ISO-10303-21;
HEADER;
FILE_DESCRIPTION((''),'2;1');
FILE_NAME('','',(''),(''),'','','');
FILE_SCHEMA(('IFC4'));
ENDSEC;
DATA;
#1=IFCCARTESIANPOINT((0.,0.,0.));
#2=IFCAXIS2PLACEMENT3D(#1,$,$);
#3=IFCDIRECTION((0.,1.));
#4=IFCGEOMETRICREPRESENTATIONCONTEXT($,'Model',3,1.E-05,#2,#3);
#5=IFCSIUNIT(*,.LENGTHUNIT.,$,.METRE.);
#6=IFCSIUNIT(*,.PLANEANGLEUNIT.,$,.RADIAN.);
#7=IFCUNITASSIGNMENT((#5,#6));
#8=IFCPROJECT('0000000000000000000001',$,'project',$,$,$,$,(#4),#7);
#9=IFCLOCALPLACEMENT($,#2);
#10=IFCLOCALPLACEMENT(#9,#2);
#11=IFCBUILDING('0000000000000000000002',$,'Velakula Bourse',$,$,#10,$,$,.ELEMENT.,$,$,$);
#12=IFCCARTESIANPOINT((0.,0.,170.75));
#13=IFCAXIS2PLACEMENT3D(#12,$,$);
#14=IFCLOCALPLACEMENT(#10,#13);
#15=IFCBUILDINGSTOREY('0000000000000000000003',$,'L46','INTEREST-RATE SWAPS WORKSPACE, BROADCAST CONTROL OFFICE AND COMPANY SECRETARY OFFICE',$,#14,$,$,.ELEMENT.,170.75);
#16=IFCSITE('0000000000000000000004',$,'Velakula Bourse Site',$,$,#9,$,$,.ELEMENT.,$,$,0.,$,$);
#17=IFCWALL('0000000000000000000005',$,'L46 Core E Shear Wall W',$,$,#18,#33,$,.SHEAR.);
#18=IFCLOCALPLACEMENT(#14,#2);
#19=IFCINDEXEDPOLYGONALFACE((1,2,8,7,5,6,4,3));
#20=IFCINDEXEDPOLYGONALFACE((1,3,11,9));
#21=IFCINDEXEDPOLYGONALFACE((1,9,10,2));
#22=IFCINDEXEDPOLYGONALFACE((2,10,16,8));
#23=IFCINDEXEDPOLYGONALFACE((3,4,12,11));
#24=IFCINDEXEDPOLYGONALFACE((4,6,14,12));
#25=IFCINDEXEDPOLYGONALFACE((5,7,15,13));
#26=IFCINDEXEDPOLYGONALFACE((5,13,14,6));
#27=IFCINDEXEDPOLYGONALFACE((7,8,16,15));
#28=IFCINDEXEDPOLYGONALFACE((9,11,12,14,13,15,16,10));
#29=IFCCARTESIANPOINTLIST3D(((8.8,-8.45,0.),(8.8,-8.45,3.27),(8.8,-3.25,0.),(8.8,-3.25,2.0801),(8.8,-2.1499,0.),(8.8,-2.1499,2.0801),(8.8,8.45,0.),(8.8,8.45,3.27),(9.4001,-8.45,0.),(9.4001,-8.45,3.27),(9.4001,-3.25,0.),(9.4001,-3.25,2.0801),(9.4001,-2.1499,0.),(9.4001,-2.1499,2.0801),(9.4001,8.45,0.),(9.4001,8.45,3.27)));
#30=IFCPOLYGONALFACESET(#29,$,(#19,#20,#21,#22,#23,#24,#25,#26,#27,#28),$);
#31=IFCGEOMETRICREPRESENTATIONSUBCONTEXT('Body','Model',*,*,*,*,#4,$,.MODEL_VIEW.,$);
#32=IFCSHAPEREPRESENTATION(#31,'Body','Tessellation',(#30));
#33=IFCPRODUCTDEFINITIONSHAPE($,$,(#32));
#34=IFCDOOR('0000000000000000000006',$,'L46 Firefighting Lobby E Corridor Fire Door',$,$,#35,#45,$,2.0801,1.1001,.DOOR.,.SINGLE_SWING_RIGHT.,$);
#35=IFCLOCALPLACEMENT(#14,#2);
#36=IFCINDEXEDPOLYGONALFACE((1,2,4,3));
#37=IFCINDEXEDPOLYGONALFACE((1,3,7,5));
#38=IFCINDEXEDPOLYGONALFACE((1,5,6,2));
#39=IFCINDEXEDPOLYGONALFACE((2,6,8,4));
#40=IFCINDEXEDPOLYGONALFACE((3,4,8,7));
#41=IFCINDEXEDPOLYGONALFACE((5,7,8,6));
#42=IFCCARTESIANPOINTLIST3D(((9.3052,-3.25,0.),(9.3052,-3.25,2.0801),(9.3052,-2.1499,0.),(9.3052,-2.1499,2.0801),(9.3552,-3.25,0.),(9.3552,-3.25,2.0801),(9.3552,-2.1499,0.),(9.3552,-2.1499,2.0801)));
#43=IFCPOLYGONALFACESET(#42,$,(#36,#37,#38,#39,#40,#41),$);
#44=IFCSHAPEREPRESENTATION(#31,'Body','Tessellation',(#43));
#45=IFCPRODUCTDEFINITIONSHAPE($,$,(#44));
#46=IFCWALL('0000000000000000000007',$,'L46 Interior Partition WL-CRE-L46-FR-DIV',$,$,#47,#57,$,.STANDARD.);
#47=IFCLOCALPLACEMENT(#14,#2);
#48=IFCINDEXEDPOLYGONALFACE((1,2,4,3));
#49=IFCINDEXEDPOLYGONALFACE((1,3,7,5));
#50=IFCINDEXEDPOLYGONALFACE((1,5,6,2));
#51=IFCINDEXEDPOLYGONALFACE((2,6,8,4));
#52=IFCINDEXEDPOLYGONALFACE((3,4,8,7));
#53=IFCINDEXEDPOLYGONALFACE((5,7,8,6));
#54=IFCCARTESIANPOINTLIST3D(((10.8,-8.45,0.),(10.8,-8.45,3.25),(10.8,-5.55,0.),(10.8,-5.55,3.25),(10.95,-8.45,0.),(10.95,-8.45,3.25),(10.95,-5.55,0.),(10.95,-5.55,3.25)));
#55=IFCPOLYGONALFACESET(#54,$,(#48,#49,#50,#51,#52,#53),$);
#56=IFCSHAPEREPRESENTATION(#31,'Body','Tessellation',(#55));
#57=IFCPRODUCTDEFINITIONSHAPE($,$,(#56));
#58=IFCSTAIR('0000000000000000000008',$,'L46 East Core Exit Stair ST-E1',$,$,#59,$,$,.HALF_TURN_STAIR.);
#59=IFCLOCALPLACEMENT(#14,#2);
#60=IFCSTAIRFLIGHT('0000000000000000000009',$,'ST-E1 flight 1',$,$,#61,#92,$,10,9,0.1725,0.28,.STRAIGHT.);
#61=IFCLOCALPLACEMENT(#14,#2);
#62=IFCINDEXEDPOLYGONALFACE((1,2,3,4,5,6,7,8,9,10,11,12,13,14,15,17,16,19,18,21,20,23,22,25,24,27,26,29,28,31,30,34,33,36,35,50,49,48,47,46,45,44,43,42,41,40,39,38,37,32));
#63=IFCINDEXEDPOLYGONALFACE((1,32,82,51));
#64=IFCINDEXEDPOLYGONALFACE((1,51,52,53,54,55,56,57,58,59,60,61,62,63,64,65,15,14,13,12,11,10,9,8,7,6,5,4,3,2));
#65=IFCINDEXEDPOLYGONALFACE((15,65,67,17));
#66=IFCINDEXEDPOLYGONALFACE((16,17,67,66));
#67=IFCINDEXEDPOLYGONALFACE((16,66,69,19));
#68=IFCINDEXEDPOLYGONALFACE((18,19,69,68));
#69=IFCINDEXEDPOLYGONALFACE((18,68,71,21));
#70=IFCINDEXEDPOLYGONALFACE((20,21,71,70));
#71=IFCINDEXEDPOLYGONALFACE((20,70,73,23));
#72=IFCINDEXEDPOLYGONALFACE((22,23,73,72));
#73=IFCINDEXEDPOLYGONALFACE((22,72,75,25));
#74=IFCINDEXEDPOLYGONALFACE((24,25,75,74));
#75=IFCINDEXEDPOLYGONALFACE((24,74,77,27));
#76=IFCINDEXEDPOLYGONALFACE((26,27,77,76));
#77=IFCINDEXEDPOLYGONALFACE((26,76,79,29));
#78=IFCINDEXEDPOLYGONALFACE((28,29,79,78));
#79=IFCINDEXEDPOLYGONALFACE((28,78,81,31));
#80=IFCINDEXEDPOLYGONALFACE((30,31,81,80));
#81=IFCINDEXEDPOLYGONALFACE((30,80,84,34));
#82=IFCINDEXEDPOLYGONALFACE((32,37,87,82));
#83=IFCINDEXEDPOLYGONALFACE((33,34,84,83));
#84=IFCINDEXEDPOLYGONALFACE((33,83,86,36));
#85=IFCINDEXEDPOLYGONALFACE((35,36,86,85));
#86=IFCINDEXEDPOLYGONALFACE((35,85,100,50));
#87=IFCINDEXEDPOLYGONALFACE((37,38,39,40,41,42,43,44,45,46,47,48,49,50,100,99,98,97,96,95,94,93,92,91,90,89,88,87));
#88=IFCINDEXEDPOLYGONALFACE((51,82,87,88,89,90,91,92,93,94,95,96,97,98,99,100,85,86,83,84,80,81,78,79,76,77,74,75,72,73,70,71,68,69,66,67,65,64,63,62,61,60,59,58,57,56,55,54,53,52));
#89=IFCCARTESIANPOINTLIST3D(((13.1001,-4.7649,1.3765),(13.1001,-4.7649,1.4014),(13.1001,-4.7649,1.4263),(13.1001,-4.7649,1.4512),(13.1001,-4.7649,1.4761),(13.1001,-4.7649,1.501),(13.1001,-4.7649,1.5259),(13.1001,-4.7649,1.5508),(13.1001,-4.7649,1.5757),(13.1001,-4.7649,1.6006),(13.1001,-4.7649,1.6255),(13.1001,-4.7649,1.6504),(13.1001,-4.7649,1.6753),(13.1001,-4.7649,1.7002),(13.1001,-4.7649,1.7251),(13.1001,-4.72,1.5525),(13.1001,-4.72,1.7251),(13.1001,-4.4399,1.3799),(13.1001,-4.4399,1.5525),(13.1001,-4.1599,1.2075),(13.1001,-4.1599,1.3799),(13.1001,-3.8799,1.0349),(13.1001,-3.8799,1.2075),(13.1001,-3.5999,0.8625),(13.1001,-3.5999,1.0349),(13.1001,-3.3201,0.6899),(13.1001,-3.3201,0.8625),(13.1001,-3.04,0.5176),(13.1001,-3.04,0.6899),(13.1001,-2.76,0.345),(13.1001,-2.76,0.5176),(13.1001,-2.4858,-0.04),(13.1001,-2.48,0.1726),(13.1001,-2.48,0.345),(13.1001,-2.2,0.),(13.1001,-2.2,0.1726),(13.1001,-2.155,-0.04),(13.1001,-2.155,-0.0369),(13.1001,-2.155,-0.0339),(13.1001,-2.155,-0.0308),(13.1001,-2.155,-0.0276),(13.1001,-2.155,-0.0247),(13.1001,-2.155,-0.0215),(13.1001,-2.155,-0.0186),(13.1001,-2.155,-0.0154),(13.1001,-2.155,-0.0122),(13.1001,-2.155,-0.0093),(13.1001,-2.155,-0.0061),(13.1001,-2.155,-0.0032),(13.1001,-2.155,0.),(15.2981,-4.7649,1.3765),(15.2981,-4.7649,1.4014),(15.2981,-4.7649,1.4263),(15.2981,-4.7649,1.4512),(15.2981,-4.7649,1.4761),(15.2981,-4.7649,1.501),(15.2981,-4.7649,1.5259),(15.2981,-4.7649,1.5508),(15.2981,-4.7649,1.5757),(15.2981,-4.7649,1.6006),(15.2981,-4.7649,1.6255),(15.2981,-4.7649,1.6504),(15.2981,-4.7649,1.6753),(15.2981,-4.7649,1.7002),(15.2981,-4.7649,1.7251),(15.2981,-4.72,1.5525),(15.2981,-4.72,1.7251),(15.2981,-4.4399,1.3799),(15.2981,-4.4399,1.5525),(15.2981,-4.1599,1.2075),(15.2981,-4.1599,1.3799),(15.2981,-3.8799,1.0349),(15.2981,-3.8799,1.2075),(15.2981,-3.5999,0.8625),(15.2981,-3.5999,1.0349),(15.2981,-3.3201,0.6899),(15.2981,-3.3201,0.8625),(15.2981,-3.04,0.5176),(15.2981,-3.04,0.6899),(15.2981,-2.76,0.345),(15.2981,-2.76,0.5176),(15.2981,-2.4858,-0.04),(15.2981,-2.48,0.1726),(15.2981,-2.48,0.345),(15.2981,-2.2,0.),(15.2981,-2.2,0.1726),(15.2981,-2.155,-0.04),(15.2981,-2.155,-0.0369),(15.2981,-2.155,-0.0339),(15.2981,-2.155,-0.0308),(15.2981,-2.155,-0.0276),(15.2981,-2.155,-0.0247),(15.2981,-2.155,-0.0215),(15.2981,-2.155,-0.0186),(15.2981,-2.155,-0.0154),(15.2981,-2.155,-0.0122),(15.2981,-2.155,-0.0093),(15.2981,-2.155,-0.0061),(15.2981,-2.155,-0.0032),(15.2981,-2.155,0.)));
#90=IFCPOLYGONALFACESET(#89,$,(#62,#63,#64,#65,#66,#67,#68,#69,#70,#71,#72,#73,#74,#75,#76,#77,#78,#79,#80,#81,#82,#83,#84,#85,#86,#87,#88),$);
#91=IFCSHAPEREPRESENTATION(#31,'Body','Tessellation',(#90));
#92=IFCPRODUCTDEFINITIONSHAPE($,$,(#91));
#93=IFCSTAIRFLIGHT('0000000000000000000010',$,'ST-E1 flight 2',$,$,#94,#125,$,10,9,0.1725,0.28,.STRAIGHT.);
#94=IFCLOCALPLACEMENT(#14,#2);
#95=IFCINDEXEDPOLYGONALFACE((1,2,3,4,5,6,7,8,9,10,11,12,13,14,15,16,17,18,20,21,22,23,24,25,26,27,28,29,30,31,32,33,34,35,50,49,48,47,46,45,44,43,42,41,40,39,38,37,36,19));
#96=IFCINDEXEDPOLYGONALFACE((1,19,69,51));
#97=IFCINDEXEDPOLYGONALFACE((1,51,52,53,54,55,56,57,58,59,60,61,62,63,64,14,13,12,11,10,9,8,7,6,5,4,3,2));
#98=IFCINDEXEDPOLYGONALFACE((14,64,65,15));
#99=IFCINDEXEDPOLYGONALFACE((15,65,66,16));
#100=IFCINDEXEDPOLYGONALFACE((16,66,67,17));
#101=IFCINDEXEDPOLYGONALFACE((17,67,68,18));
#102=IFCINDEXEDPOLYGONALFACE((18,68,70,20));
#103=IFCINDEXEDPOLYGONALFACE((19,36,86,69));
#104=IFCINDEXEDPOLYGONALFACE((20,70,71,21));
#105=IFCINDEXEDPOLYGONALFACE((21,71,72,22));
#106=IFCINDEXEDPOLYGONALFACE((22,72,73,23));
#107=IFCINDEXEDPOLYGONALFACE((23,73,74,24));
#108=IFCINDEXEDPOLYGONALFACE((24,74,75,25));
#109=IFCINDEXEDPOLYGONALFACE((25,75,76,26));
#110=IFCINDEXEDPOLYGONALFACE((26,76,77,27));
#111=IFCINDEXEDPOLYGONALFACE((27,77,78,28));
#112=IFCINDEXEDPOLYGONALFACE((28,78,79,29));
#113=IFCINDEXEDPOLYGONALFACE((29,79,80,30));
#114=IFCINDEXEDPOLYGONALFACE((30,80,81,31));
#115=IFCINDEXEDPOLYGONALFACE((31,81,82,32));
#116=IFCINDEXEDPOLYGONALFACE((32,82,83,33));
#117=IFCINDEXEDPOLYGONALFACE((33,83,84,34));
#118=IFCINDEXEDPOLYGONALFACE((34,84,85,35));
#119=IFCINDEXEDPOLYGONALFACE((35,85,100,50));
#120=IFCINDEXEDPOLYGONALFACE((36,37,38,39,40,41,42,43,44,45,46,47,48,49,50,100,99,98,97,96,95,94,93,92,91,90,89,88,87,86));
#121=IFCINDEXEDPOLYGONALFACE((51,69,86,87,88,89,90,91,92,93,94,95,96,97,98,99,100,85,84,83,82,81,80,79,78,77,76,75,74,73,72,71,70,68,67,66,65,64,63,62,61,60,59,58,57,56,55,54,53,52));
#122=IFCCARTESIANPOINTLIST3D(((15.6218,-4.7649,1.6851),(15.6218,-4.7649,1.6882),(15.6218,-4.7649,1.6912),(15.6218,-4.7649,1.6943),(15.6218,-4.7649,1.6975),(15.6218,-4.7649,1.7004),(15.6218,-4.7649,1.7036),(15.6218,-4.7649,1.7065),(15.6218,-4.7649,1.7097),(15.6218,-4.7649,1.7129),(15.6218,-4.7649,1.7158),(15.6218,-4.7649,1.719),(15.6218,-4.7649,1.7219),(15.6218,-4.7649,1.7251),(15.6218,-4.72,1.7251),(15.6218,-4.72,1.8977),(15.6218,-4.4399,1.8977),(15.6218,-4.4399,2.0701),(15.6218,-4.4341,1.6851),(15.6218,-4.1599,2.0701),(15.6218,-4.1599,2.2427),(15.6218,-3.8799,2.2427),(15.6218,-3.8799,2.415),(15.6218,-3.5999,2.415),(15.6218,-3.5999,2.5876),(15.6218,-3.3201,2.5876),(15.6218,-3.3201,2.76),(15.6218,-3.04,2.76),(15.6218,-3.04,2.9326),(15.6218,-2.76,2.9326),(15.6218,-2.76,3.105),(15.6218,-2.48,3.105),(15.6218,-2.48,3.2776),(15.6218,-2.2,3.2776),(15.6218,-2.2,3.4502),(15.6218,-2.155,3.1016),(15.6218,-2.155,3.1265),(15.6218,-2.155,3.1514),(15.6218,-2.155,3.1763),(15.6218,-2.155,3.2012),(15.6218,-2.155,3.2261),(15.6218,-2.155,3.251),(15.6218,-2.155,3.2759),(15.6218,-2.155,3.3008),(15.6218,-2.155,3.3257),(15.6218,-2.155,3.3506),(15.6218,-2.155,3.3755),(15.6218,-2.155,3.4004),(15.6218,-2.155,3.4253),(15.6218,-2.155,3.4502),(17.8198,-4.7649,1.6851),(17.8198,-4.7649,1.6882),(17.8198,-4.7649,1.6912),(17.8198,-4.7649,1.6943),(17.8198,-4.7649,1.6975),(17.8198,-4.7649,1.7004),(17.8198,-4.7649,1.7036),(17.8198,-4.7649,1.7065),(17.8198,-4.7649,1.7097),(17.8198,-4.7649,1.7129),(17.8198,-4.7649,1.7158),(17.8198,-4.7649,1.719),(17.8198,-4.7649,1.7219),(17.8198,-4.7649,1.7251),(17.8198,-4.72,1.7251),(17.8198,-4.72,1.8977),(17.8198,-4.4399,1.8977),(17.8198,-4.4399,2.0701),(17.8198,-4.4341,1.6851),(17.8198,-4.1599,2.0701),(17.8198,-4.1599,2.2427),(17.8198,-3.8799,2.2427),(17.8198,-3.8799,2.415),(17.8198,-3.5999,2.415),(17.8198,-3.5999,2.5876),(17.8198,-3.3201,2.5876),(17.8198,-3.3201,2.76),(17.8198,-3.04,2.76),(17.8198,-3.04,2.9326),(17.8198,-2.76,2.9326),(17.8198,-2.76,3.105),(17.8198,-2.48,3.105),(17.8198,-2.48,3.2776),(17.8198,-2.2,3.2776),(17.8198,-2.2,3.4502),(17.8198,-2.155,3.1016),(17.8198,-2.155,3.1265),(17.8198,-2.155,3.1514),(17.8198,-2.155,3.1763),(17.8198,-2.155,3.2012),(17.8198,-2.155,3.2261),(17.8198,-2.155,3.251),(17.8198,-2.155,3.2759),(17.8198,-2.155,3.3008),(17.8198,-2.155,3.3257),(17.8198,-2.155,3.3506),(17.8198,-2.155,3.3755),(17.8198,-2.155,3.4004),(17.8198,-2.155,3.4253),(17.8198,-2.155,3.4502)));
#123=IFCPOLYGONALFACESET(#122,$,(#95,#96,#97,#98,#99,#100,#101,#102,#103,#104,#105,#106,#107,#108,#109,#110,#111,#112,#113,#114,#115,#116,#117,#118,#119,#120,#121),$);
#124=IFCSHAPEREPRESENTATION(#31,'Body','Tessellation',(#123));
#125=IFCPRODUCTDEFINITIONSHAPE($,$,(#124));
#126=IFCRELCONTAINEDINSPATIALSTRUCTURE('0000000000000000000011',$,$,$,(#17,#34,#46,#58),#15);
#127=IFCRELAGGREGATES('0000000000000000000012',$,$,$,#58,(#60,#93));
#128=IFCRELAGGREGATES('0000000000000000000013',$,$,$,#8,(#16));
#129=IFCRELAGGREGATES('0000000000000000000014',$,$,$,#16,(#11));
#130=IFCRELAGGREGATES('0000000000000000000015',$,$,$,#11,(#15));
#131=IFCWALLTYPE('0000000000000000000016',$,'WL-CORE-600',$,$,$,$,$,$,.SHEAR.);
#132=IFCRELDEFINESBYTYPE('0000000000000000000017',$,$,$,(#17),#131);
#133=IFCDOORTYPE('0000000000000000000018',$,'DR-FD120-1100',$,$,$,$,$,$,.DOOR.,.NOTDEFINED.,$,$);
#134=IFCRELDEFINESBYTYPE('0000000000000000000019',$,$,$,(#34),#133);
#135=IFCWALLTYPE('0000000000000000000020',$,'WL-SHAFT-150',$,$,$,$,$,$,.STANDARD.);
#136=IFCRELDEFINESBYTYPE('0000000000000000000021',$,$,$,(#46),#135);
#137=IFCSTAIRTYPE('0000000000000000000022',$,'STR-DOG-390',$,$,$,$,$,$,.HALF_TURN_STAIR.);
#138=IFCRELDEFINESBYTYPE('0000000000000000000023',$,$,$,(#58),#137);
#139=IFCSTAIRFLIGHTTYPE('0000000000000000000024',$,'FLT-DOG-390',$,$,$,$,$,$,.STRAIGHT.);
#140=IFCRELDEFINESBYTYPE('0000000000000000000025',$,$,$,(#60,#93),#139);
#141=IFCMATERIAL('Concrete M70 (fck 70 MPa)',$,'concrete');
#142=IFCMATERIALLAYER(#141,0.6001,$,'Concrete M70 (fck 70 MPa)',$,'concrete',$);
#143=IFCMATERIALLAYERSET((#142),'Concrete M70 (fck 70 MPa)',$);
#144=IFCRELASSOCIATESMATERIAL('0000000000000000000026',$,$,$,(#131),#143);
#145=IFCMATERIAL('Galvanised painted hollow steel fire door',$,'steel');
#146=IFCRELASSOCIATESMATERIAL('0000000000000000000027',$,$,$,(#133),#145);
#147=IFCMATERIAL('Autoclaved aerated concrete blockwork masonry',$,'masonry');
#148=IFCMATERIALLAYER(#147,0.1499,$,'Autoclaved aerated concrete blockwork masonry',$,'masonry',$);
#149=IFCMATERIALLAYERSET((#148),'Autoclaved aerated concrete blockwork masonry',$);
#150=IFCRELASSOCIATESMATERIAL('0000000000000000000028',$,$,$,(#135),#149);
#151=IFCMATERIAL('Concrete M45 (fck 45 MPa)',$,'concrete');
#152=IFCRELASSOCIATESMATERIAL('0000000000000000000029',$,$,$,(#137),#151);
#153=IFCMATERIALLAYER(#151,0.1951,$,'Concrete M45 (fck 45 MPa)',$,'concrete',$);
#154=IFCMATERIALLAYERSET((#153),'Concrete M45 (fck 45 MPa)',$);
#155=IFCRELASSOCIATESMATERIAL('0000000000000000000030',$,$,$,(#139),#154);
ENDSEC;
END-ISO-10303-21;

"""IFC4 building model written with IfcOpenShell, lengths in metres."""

from ifc_helpers import new_model, si_unit, direction, frame, frame_2d, origin, place, context, subcontext, project, spatial, polyline, rectangle, outline, extrude, material, layer, layer_set, type_object, element, fill, aggregate, save


model = new_model("IFC4")

# Units and contexts
model_context = context("Model", 3, precision=1e-05, world=origin(), true_north=direction((0.0, 1.0)))
body_context = subcontext(model_context, "Body", "Model", "MODEL_VIEW")
ifc_project = project(units=[si_unit("LENGTHUNIT", "METRE"), si_unit("PLANEANGLEUNIT", "RADIAN")], contexts=[model_context])

# Site, building, storey
site_placement = place(None, origin())
site = spatial("IfcSite", under=ifc_project, at=site_placement, Name="Velakula Bourse Site", CompositionType="ELEMENT", RefElevation=0.0)
building_placement = place(site_placement, origin())
building = spatial("IfcBuilding", under=site, at=building_placement, Name="Velakula Bourse", CompositionType="ELEMENT")
storey_placement = place(building_placement, frame((0.0, 0.0, 170.75)))
storey = spatial("IfcBuildingStorey", under=building, at=storey_placement, Name="L46", Description="INTEREST-RATE SWAPS WORKSPACE, BROADCAST CONTROL OFFICE AND COMPANY SECRETARY OFFICE", CompositionType="ELEMENT", Elevation=170.75)

# Shared definitions
ifc_material_1 = material(Name="Concrete M70 (fck 70 MPa)", Category="concrete")

# Shared definitions
ifc_material_2 = material(Name="Galvanised painted hollow steel fire door", Category="steel")

# Shared definitions
ifc_layer_1 = layer(ifc_material_1, 0.6001, Name="Concrete M70 (fck 70 MPa)", Category="concrete")
ifc_layer_set_1 = layer_set([ifc_layer_1], Name="Concrete M70 (fck 70 MPa)")
wall_type_1 = type_object("IfcWallType", Name="WL-CORE-600", PredefinedType="SHEAR", material=ifc_layer_set_1)

# Wall, opening, door
wall_1_placement = place(storey_placement, frame((9.1001, -8.45, 0.0), z_axis=(0.0, 0.0, 1.0), x_axis=(0.0, 1.0, 0.0)))
wall_1 = element("IfcWall", 1, at=wall_1_placement, inside=storey, type_object=wall_type_1, Name="L46 Core E Shear Wall W", PredefinedType="SHEAR", context=body_context, shape_type="SweptSolid", body=[
    extrude(rectangle(XDim=16.8999, YDim=0.6001, at=frame_2d((8.45, 0.0))), origin(), (0.0, 0.0, 1.0), 3.27),
])
opening_1_placement = place(wall_1_placement, frame((5.2, 0.0, 0.0)))
opening_1 = element("IfcOpeningElement", 2, at=opening_1_placement, cuts=wall_1, PredefinedType="OPENING", context=body_context, shape_type="SweptSolid", body=[
    extrude(rectangle(XDim=1.1001, YDim=2.0801, at=frame_2d((0.55, 1.04))), frame((0.0, 0.3101, 0.0), z_axis=(0.0, -1.0, 0.0), x_axis=(1.0, 0.0, 0.0)), (0.0, 0.0, 1.0), 0.6201),
])
door_type_1 = type_object("IfcDoorType", Name="DR-FD120-1100", OperationType="NOTDEFINED", PredefinedType="DOOR", material=ifc_material_2)
door_1_placement = place(opening_1_placement, origin())
door_1 = element("IfcDoor", 3, at=door_1_placement, inside=storey, type_object=door_type_1, Name="L46 Firefighting Lobby E Corridor Fire Door", OperationType="SINGLE_SWING_RIGHT", OverallHeight=2.0801, OverallWidth=1.1001, PredefinedType="DOOR", context=body_context, shape_type="SweptSolid", body=[
    extrude(rectangle(XDim=1.1001, YDim=2.0801, at=frame_2d((0.55, 1.04))), frame((0.0, -0.2051, 0.0), z_axis=(0.0, -1.0, 0.0), x_axis=(1.0, 0.0, 0.0)), (0.0, 0.0, 1.0), 0.05),
])
fill(opening_1, door_1)

# Shared definitions
ifc_material_3 = material(Name="Autoclaved aerated concrete blockwork masonry", Category="masonry")
ifc_layer_2 = layer(ifc_material_3, 0.1499, Name="Autoclaved aerated concrete blockwork masonry", Category="masonry")
ifc_layer_set_2 = layer_set([ifc_layer_2], Name="Autoclaved aerated concrete blockwork masonry")
wall_type_2 = type_object("IfcWallType", Name="WL-SHAFT-150", PredefinedType="STANDARD", material=ifc_layer_set_2)

# Wall
wall_2_placement = place(storey_placement, frame((10.875, -8.45, 0.0), z_axis=(0.0, 0.0, 1.0), x_axis=(0.0, 1.0, 0.0)))
element("IfcWall", 4, at=wall_2_placement, inside=storey, type_object=wall_type_2, Name="L46 Interior Partition WL-CRE-L46-FR-DIV", PredefinedType="STANDARD", context=body_context, shape_type="SweptSolid", body=[
    extrude(rectangle(XDim=2.8999, YDim=0.1499, at=frame_2d((1.45, 0.0))), origin(), (0.0, 0.0, 1.0), 3.25),
])

# Stair, stair flights
ifc_material_4 = material(Name="Concrete M45 (fck 45 MPa)", Category="concrete")
stair_type = type_object("IfcStairType", Name="STR-DOG-390", PredefinedType="HALF_TURN_STAIR", material=ifc_material_4)
stair_placement = place(storey_placement, origin())
stair = element("IfcStair", 5, at=stair_placement, inside=storey, type_object=stair_type, Name="L46 East Core Exit Stair ST-E1", PredefinedType="HALF_TURN_STAIR")
ifc_layer_3 = layer(ifc_material_4, 0.1951, Name="Concrete M45 (fck 45 MPa)", Category="concrete")
ifc_layer_set_3 = layer_set([ifc_layer_3], Name="Concrete M45 (fck 45 MPa)")
stair_flight_type = type_object("IfcStairFlightType", Name="FLT-DOG-390", PredefinedType="STRAIGHT", material=ifc_layer_set_3)
stair_flight_1_placement = place(storey_placement, frame((14.199, -2.2, 0.0), z_axis=(0.0, 0.0, 1.0), x_axis=(0.0, -1.0, 0.0)))
stair_flight_1 = element("IfcStairFlight", 6, at=stair_flight_1_placement, type_object=stair_flight_type, Name="ST-E1 flight 1", NumberOfRisers=10, NumberOfTreads=9, PredefinedType="STRAIGHT", RiserHeight=0.1725, TreadLength=0.28, context=body_context, shape_type="SweptSolid", body=[
    extrude(outline(polyline([(-0.0449, -0.04), (-0.0449, -0.0369), (-0.0449, -0.0339), (-0.0449, -0.0308), (-0.0449, -0.0276), (-0.0449, -0.0247), (-0.0449, -0.0215), (-0.0449, -0.0186), (-0.0449, -0.0154), (-0.0449, -0.0122), (-0.0449, -0.0093), (-0.0449, -0.0061), (-0.0449, -0.0032), (-0.0449, 0.0), (0.0, 0.0), (0.0, 0.1726), (0.28, 0.1726), (0.28, 0.345), (0.5601, 0.345), (0.5601, 0.5176), (0.8401, 0.5176), (0.8401, 0.6899), (1.1201, 0.6899), (1.1201, 0.8625), (1.3999, 0.8625), (1.3999, 1.0349), (1.6799, 1.0349), (1.6799, 1.2075), (1.96, 1.2075), (1.96, 1.3799), (2.24, 1.3799), (2.24, 1.5525), (2.52, 1.5525), (2.52, 1.7251), (2.5649, 1.7251), (2.5649, 1.7002), (2.5649, 1.6753), (2.5649, 1.6504), (2.5649, 1.6255), (2.5649, 1.6006), (2.5649, 1.5757), (2.5649, 1.5508), (2.5649, 1.5259), (2.5649, 1.501), (2.5649, 1.4761), (2.5649, 1.4512), (2.5649, 1.4263), (2.5649, 1.4014), (2.5649, 1.3765), (0.2859, -0.04), (-0.0449, -0.04)])), frame((0.0, 1.0991, 0.0), z_axis=(0.0, -1.0, 0.0), x_axis=(1.0, 0.0, 0.0)), (0.0, 0.0, 1.0), 2.198),
])
stair_flight_2_placement = place(storey_placement, frame((16.7209, -4.72, 1.7251), z_axis=(0.0, 0.0, 1.0), x_axis=(0.0, 1.0, 0.0)))
stair_flight_2 = element("IfcStairFlight", 7, at=stair_flight_2_placement, type_object=stair_flight_type, Name="ST-E1 flight 2", NumberOfRisers=10, NumberOfTreads=9, PredefinedType="STRAIGHT", RiserHeight=0.1725, TreadLength=0.28, context=body_context, shape_type="SweptSolid", body=[
    extrude(outline(polyline([(-0.0449, -0.04), (-0.0449, -0.0369), (-0.0449, -0.0339), (-0.0449, -0.0308), (-0.0449, -0.0276), (-0.0449, -0.0247), (-0.0449, -0.0215), (-0.0449, -0.0186), (-0.0449, -0.0154), (-0.0449, -0.0122), (-0.0449, -0.0093), (-0.0449, -0.0061), (-0.0449, -0.0032), (-0.0449, 0.0), (0.0, 0.0), (0.0, 0.1726), (0.28, 0.1726), (0.28, 0.345), (0.5601, 0.345), (0.5601, 0.5176), (0.8401, 0.5176), (0.8401, 0.6899), (1.1201, 0.6899), (1.1201, 0.8625), (1.3999, 0.8625), (1.3999, 1.0349), (1.6799, 1.0349), (1.6799, 1.2075), (1.96, 1.2075), (1.96, 1.3799), (2.24, 1.3799), (2.24, 1.5525), (2.52, 1.5525), (2.52, 1.7251), (2.5649, 1.7251), (2.5649, 1.7002), (2.5649, 1.6753), (2.5649, 1.6504), (2.5649, 1.6255), (2.5649, 1.6006), (2.5649, 1.5757), (2.5649, 1.5508), (2.5649, 1.5259), (2.5649, 1.501), (2.5649, 1.4761), (2.5649, 1.4512), (2.5649, 1.4263), (2.5649, 1.4014), (2.5649, 1.3765), (0.2859, -0.04), (-0.0449, -0.04)])), frame((0.0, 1.0991, 0.0), z_axis=(0.0, -1.0, 0.0), x_axis=(1.0, 0.0, 0.0)), (0.0, 0.0, 1.0), 2.198),
])
aggregate(stair, [stair_flight_1, stair_flight_2])

save(model, "model.ifc")
